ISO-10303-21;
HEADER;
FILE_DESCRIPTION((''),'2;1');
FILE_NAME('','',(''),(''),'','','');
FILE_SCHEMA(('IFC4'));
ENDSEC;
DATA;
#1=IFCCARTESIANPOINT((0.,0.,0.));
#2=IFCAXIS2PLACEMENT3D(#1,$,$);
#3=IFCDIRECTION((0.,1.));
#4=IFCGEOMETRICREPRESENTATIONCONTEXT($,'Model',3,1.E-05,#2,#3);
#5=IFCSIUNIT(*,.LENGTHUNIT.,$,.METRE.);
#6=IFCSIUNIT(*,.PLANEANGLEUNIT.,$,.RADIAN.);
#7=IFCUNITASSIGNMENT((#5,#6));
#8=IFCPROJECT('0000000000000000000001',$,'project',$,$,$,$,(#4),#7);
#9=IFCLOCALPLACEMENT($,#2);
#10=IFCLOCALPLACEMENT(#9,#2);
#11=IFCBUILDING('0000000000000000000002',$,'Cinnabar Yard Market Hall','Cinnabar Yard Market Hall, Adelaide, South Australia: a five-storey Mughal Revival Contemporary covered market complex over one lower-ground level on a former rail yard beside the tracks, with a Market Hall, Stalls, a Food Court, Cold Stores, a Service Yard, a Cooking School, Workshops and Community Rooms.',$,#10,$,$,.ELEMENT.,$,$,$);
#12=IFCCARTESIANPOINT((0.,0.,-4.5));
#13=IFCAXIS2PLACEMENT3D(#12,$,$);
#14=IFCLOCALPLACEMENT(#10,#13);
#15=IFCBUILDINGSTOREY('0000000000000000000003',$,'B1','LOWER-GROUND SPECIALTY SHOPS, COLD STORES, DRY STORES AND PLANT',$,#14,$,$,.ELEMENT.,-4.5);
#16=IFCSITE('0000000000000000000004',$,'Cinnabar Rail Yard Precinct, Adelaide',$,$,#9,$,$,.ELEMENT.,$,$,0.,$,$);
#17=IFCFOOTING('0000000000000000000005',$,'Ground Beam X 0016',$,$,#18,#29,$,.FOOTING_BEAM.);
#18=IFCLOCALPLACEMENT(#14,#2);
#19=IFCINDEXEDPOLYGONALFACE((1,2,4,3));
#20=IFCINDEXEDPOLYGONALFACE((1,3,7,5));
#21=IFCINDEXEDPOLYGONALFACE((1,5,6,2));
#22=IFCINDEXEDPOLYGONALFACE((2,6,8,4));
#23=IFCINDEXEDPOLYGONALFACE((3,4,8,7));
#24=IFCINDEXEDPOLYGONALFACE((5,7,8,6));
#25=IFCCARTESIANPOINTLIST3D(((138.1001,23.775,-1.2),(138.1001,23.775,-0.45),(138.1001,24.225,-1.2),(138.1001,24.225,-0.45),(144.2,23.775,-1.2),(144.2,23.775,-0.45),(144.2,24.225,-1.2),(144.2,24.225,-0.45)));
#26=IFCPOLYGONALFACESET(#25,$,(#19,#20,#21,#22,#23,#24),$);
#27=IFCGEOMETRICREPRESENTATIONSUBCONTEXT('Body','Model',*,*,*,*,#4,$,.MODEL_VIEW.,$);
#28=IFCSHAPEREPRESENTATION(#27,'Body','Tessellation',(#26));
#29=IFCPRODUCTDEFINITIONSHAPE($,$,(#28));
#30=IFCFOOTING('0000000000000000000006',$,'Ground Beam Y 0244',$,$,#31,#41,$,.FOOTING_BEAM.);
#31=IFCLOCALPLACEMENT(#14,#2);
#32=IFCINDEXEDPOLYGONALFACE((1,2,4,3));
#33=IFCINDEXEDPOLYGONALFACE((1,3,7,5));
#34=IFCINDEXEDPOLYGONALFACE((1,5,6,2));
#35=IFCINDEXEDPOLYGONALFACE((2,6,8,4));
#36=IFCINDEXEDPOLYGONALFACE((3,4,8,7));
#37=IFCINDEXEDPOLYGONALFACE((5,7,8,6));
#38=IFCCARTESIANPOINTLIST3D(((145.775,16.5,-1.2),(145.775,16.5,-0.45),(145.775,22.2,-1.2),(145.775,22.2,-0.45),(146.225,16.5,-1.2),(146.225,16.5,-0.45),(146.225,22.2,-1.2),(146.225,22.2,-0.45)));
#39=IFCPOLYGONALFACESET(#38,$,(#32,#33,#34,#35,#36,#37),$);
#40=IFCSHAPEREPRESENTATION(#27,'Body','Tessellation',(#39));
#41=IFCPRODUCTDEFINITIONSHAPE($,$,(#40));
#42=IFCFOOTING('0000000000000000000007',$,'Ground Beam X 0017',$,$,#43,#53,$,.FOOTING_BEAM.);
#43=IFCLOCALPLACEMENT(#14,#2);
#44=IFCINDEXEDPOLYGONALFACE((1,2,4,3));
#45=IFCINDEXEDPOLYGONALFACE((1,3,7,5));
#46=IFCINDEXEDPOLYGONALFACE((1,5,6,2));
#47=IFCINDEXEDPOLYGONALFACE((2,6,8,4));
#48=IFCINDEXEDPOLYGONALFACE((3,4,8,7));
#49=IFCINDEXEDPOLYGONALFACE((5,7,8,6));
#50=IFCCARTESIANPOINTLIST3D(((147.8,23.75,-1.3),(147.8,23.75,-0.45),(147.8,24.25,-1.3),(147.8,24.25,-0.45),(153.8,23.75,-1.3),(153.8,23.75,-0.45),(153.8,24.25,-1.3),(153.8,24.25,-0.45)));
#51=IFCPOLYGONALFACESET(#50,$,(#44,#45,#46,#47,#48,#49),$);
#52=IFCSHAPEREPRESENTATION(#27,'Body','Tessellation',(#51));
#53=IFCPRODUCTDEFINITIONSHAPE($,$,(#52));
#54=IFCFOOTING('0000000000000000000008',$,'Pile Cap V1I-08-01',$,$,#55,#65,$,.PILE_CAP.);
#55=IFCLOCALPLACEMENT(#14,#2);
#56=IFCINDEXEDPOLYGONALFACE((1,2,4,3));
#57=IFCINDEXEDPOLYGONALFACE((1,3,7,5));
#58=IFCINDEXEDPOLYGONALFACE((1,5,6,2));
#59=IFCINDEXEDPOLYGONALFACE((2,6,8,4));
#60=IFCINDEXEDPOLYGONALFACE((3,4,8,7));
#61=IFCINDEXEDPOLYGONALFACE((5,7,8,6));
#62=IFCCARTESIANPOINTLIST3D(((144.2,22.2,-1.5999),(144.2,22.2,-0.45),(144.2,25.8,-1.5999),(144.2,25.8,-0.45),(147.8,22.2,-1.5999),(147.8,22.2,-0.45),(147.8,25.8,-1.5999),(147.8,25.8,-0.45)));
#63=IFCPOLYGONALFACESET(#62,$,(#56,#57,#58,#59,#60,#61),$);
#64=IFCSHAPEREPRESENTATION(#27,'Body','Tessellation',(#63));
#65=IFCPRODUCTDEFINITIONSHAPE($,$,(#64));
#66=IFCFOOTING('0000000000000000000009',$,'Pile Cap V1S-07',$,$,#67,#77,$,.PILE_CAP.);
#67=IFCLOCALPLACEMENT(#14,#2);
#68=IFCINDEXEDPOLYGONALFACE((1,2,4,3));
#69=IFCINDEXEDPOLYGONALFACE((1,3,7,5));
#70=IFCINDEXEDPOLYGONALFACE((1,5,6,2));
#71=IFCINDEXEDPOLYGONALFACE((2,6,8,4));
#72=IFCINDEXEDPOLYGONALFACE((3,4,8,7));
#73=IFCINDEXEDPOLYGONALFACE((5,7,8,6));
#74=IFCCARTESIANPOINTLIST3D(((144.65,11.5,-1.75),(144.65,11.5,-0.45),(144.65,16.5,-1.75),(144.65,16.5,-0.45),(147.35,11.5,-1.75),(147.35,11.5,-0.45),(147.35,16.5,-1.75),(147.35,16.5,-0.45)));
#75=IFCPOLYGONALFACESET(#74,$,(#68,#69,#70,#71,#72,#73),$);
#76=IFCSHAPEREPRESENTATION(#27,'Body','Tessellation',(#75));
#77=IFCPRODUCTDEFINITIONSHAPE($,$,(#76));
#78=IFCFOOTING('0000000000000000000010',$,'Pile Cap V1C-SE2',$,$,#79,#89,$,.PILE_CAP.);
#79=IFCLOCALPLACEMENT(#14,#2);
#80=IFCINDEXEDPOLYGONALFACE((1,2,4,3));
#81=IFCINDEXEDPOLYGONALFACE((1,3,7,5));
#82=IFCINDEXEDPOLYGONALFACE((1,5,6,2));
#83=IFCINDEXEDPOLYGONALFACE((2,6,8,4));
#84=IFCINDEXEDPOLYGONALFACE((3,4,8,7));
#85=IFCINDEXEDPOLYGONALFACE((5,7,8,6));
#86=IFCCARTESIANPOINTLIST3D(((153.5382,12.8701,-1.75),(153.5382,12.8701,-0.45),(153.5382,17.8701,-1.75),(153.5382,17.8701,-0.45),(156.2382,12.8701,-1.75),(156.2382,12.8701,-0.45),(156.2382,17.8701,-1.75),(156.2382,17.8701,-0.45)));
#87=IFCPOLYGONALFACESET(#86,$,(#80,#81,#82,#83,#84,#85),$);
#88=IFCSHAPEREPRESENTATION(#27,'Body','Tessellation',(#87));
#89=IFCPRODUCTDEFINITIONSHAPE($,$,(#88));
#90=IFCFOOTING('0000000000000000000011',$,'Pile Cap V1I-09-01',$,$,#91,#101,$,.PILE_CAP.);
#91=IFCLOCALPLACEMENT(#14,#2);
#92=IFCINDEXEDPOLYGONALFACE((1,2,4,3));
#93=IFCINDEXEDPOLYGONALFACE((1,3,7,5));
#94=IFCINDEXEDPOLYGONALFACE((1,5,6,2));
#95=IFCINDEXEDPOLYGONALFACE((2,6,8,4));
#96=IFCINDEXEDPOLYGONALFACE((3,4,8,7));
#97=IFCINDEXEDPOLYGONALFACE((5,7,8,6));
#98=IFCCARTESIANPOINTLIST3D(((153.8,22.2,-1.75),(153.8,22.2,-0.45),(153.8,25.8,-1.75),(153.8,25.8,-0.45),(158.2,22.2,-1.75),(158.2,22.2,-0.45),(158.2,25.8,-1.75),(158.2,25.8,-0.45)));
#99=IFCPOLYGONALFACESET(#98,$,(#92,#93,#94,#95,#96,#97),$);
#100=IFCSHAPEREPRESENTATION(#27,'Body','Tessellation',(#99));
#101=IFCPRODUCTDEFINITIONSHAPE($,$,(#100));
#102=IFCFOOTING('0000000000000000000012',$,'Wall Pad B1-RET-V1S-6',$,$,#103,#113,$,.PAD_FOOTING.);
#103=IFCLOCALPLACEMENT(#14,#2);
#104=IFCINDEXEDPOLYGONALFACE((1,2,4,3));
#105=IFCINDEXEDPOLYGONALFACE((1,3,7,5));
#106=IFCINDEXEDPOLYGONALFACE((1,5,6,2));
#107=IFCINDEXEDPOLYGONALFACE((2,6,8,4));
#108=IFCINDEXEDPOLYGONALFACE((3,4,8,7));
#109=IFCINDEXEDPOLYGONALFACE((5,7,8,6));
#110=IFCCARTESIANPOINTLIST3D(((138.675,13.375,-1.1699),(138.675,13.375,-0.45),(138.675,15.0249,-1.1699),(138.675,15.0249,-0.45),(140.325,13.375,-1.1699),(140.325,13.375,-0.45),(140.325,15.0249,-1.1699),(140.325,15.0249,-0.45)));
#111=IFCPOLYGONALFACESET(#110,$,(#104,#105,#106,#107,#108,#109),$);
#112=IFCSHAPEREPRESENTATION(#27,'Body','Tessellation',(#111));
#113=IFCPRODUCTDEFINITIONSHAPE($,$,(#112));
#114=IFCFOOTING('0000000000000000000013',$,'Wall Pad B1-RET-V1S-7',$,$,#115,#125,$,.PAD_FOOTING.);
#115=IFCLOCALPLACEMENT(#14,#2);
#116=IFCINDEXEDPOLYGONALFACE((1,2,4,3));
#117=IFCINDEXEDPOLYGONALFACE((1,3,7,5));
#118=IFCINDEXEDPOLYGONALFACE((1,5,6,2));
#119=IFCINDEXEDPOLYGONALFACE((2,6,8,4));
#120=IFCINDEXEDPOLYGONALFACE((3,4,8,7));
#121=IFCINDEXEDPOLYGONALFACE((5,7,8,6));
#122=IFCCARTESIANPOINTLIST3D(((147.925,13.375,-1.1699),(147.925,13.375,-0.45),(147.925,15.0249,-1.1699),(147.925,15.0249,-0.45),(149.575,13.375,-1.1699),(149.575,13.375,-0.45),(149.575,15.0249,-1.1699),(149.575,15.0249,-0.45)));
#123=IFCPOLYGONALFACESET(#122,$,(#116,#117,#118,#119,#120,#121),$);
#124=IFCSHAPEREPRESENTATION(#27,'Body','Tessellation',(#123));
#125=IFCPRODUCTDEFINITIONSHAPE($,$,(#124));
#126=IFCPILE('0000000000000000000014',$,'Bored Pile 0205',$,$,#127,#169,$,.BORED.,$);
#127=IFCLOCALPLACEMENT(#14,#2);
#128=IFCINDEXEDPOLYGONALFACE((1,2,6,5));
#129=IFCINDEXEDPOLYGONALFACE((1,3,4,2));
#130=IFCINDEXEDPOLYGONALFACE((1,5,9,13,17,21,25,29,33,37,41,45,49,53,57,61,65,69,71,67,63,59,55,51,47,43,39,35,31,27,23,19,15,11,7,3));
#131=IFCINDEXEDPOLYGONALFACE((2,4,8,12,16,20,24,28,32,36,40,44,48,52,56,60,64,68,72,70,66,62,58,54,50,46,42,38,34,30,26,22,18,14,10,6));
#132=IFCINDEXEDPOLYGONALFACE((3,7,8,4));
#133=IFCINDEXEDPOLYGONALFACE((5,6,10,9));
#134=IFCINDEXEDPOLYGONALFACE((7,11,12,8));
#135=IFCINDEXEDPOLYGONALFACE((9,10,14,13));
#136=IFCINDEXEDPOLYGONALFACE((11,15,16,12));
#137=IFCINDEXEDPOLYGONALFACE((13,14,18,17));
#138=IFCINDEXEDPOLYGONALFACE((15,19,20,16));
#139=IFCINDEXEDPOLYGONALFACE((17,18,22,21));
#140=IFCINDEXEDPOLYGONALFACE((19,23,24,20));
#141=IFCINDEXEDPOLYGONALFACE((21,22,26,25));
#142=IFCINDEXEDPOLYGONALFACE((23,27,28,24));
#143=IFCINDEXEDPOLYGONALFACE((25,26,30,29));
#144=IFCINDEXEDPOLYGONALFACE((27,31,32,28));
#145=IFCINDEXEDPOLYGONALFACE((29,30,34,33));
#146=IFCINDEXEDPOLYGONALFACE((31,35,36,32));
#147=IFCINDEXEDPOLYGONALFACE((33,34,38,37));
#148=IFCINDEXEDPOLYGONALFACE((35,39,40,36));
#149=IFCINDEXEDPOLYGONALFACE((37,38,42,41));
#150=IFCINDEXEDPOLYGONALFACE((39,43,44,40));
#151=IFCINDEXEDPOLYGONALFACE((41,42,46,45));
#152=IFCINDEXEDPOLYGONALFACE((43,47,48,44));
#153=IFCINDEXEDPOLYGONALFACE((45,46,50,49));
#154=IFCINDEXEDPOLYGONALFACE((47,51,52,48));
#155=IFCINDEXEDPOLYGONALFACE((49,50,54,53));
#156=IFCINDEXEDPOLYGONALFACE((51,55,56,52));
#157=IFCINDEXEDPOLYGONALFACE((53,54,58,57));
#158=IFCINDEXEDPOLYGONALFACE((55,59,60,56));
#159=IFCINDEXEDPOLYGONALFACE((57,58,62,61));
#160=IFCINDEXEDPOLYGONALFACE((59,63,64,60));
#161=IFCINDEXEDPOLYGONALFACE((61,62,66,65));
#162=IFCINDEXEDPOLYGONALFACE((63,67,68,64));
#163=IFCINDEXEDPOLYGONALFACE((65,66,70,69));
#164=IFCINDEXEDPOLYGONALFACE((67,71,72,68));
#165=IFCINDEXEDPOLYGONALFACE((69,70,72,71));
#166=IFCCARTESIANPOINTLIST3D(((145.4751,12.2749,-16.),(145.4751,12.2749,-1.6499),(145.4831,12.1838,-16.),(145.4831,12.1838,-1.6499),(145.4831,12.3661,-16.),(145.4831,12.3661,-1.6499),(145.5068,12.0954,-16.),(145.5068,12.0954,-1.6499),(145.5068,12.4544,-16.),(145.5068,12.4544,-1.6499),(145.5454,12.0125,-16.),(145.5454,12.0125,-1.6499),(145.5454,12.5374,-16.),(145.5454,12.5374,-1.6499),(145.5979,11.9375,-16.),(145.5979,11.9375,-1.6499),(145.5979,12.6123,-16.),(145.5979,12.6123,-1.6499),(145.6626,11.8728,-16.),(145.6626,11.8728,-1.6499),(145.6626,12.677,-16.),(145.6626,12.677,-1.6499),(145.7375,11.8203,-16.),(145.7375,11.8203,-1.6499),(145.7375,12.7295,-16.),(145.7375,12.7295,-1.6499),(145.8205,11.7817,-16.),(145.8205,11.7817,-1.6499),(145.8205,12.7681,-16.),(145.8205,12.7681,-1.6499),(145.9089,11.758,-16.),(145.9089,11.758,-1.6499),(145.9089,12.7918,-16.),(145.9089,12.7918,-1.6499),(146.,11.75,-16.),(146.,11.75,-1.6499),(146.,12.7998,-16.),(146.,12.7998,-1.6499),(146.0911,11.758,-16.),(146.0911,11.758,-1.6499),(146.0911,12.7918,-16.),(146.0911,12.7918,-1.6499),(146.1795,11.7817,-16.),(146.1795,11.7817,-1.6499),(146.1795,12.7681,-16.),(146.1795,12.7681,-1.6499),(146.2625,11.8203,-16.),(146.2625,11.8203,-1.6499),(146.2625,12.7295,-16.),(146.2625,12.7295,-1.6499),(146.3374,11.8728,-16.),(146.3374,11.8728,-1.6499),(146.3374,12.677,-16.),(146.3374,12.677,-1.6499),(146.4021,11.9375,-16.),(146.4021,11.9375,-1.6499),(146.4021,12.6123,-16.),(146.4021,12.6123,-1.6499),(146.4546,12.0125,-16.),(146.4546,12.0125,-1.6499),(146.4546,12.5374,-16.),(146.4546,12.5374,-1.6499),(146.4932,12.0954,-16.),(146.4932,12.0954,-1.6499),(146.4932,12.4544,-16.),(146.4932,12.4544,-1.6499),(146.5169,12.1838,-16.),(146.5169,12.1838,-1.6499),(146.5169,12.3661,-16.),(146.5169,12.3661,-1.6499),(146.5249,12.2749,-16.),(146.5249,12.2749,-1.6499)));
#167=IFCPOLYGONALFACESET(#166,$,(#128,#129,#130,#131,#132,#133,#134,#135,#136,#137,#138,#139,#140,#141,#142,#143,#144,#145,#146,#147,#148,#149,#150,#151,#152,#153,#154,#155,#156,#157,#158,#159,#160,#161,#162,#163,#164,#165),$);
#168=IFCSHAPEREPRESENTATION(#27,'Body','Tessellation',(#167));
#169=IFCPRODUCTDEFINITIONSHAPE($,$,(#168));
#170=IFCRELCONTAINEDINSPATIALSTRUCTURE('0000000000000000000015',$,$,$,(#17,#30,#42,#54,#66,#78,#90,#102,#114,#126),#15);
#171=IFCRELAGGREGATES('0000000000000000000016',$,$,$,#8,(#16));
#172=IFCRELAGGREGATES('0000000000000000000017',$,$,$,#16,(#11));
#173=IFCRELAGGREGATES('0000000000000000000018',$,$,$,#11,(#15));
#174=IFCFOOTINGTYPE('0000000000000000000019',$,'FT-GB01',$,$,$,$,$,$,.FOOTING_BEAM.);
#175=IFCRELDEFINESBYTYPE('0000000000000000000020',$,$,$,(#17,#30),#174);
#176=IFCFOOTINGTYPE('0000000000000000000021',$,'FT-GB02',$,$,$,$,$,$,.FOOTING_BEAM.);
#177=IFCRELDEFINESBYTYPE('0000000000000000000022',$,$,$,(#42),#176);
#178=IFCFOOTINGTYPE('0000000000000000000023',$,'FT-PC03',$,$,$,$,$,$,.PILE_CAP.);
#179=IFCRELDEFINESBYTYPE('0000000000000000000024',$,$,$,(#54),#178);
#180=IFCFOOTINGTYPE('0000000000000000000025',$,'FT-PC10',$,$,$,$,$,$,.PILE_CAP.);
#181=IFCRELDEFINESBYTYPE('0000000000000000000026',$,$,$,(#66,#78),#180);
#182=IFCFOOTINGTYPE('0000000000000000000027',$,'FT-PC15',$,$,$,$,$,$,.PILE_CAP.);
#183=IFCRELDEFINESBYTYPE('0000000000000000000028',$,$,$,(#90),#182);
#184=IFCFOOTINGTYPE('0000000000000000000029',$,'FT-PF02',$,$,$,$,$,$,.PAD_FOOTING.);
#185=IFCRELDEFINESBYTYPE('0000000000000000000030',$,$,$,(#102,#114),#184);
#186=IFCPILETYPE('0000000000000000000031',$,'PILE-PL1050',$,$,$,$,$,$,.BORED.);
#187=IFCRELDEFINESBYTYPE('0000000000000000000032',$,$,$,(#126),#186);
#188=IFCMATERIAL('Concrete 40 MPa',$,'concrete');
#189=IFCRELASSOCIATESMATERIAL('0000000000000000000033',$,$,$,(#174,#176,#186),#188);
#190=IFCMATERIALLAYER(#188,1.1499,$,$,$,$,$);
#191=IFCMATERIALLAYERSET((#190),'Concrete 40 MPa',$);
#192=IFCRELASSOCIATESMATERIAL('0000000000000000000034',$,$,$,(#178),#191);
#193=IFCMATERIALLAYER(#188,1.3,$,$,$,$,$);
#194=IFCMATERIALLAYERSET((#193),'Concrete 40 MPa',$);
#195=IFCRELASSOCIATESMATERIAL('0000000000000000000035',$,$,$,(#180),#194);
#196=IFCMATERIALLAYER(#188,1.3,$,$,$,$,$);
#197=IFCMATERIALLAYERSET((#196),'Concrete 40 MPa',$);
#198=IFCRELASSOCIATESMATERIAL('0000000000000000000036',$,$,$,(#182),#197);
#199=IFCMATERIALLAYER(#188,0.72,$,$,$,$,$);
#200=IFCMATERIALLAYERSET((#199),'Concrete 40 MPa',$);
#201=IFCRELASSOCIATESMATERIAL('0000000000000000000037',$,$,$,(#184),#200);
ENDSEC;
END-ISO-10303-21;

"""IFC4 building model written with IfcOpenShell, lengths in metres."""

from ifc_helpers import new_model, si_unit, direction, frame, origin, origin_2d_with_axis, place, context, subcontext, project, spatial, rectangle, circle, extrude, material, layer, layer_set, material_profile, profile_set, type_object, element, save


model = new_model("IFC4")

# Units and contexts
model_context = context("Model", 3, precision=1e-05, world=origin(), true_north=direction((0.0, 1.0)))
body_context = subcontext(model_context, "Body", "Model", "MODEL_VIEW")
ifc_project = project(units=[si_unit("LENGTHUNIT", "METRE"), si_unit("PLANEANGLEUNIT", "RADIAN")], contexts=[model_context])

# Site, building, storey
site_placement = place(None, origin())
site = spatial("IfcSite", under=ifc_project, at=site_placement, Name="Cinnabar Rail Yard Precinct, Adelaide", CompositionType="ELEMENT", RefElevation=0.0)
building_placement = place(site_placement, origin())
building = spatial("IfcBuilding", under=site, at=building_placement, Name="Cinnabar Yard Market Hall", Description="Cinnabar Yard Market Hall, Adelaide, South Australia: a five-storey Mughal Revival Contemporary covered market complex over one lower-ground level on a former rail yard beside the tracks, with a Market Hall, Stalls, a Food Court, Cold Stores, a Service Yard, a Cooking School, Workshops and Community Rooms.", CompositionType="ELEMENT")
storey_placement = place(building_placement, frame((0.0, 0.0, -4.5)))
storey = spatial("IfcBuildingStorey", under=building, at=storey_placement, Name="B1", Description="LOWER-GROUND SPECIALTY SHOPS, COLD STORES, DRY STORES AND PLANT", CompositionType="ELEMENT", Elevation=-4.5)

# Footings
ifc_material_1 = material(Name="Concrete 40 MPa", Category="concrete")
ifc_material_profile_1 = material_profile(ifc_material_1, rectangle(XDim=0.45, YDim=0.75, at=origin_2d_with_axis()), Name="GB-450x750")
ifc_profile_set_1 = profile_set([ifc_material_profile_1], Name="Concrete 40 MPa")
footing_type_1 = type_object("IfcFootingType", Name="FT-GB01", PredefinedType="FOOTING_BEAM", material=ifc_profile_set_1)
footing_1_placement = place(storey_placement, frame((138.1001, 24.0, -0.825), z_axis=(1.0, 0.0, 0.0), x_axis=(0.0, 1.0, 0.0)))
element("IfcFooting", 1, at=footing_1_placement, inside=storey, type_object=footing_type_1, Name="Ground Beam X 0016", PredefinedType="FOOTING_BEAM", context=body_context, shape_type="SweptSolid", body=[
    extrude(rectangle(XDim=0.45, YDim=0.75, at=origin_2d_with_axis()), origin(), (0.0, 0.0, 1.0), 6.0999),
])
footing_2_placement = place(storey_placement, frame((146.0, 16.5, -0.825), z_axis=(0.0, 1.0, 0.0), x_axis=(-1.0, 0.0, 0.0)))
element("IfcFooting", 2, at=footing_2_placement, inside=storey, type_object=footing_type_1, Name="Ground Beam Y 0244", PredefinedType="FOOTING_BEAM", context=body_context, shape_type="SweptSolid", body=[
    extrude(rectangle(XDim=0.45, YDim=0.75, at=origin_2d_with_axis()), origin(), (0.0, 0.0, 1.0), 5.7),
])
ifc_material_profile_2 = material_profile(ifc_material_1, rectangle(XDim=0.5, YDim=0.8501, at=origin_2d_with_axis()), Name="GB-500x850")
ifc_profile_set_2 = profile_set([ifc_material_profile_2], Name="Concrete 40 MPa")
footing_type_2 = type_object("IfcFootingType", Name="FT-GB02", PredefinedType="FOOTING_BEAM", material=ifc_profile_set_2)
footing_3_placement = place(storey_placement, frame((147.8, 24.0, -0.875), z_axis=(1.0, 0.0, 0.0), x_axis=(0.0, 1.0, 0.0)))
element("IfcFooting", 3, at=footing_3_placement, inside=storey, type_object=footing_type_2, Name="Ground Beam X 0017", PredefinedType="FOOTING_BEAM", context=body_context, shape_type="SweptSolid", body=[
    extrude(rectangle(XDim=0.5, YDim=0.8501, at=origin_2d_with_axis()), origin(), (0.0, 0.0, 1.0), 6.0),
])
ifc_layer_1 = layer(ifc_material_1, 1.1499)
ifc_layer_set_1 = layer_set([ifc_layer_1], Name="Concrete 40 MPa")
footing_type_3 = type_object("IfcFootingType", Name="FT-PC03", PredefinedType="PILE_CAP", material=ifc_layer_set_1)
footing_4_placement = place(storey_placement, frame((146.0, 24.0, -1.5999), z_axis=(0.0, 0.0, 1.0), x_axis=(1.0, 0.0, 0.0)))
element("IfcFooting", 4, at=footing_4_placement, inside=storey, type_object=footing_type_3, Name="Pile Cap V1I-08-01", PredefinedType="PILE_CAP", context=body_context, shape_type="SweptSolid", body=[
    extrude(rectangle(XDim=3.6001, YDim=3.6001, at=origin_2d_with_axis()), origin(), (0.0, 0.0, 1.0), 1.1499),
])
ifc_layer_2 = layer(ifc_material_1, 1.3)
ifc_layer_set_2 = layer_set([ifc_layer_2], Name="Concrete 40 MPa")
footing_type_4 = type_object("IfcFootingType", Name="FT-PC10", PredefinedType="PILE_CAP", material=ifc_layer_set_2)
for number, where, z_axis, x_axis, name in (
    (5, (146.0, 14.0, -1.75), (0.0, 0.0, 1.0), (1.0, 0.0, 0.0), "Pile Cap V1S-07"),
    (6, (154.8882, 15.3701, -1.75), (0.0, 0.0, 1.0), (1.0, 0.0, 0.0), "Pile Cap V1C-SE2"),
):
    element("IfcFooting", number, at=place(storey_placement, frame(where, z_axis=z_axis, x_axis=x_axis)), inside=storey, type_object=footing_type_4, Name=name, PredefinedType="PILE_CAP", context=body_context, shape_type="SweptSolid", body=[
        extrude(rectangle(XDim=2.7, YDim=5.0, at=origin_2d_with_axis()), origin(), (0.0, 0.0, 1.0), 1.3),
    ])
ifc_layer_3 = layer(ifc_material_1, 1.3)
ifc_layer_set_3 = layer_set([ifc_layer_3], Name="Concrete 40 MPa")
footing_type_5 = type_object("IfcFootingType", Name="FT-PC15", PredefinedType="PILE_CAP", material=ifc_layer_set_3)
footing_5_placement = place(storey_placement, frame((156.0, 24.0, -1.75), z_axis=(0.0, 0.0, 1.0), x_axis=(1.0, 0.0, 0.0)))
element("IfcFooting", 7, at=footing_5_placement, inside=storey, type_object=footing_type_5, Name="Pile Cap V1I-09-01", PredefinedType="PILE_CAP", context=body_context, shape_type="SweptSolid", body=[
    extrude(rectangle(XDim=4.3999, YDim=3.6001, at=origin_2d_with_axis()), origin(), (0.0, 0.0, 1.0), 1.3),
])
ifc_layer_4 = layer(ifc_material_1, 0.72)
ifc_layer_set_4 = layer_set([ifc_layer_4], Name="Concrete 40 MPa")
footing_type_6 = type_object("IfcFootingType", Name="FT-PF02", PredefinedType="PAD_FOOTING", material=ifc_layer_set_4)
for number, where, z_axis, x_axis, name in (
    (8, (139.5, 14.2, -1.1699), (0.0, 0.0, 1.0), (1.0, 0.0, 0.0), "Wall Pad B1-RET-V1S-6"),
    (9, (148.75, 14.2, -1.1699), (0.0, 0.0, 1.0), (1.0, 0.0, 0.0), "Wall Pad B1-RET-V1S-7"),
):
    element("IfcFooting", number, at=place(storey_placement, frame(where, z_axis=z_axis, x_axis=x_axis)), inside=storey, type_object=footing_type_6, Name=name, PredefinedType="PAD_FOOTING", context=body_context, shape_type="SweptSolid", body=[
        extrude(rectangle(XDim=1.6499, YDim=1.6499, at=origin_2d_with_axis()), origin(), (0.0, 0.0, 1.0), 0.72),
    ])

# Pile
ifc_material_profile_3 = material_profile(ifc_material_1, circle(Radius=0.5249, at=origin_2d_with_axis()), Name="PILE-D1050")
ifc_profile_set_3 = profile_set([ifc_material_profile_3], Name="Concrete 40 MPa")
pile_type_1 = type_object("IfcPileType", Name="PILE-PL1050", PredefinedType="BORED", material=ifc_profile_set_3)
for number, where, z_axis, x_axis, name in (
    (10, (146.0, 12.2749, -1.6499), (0.0, 0.0, -1.0), (1.0, 0.0, 0.0), "Bored Pile 0205"),
):
    element("IfcPile", number, at=place(storey_placement, frame(where, z_axis=z_axis, x_axis=x_axis)), inside=storey, type_object=pile_type_1, Name=name, PredefinedType="BORED", context=body_context, shape_type="SweptSolid", body=[
        extrude(circle(Radius=0.5249, at=origin_2d_with_axis()), origin(), (0.0, 0.0, 1.0), 14.3501),
    ])

save(model, "model.ifc")
